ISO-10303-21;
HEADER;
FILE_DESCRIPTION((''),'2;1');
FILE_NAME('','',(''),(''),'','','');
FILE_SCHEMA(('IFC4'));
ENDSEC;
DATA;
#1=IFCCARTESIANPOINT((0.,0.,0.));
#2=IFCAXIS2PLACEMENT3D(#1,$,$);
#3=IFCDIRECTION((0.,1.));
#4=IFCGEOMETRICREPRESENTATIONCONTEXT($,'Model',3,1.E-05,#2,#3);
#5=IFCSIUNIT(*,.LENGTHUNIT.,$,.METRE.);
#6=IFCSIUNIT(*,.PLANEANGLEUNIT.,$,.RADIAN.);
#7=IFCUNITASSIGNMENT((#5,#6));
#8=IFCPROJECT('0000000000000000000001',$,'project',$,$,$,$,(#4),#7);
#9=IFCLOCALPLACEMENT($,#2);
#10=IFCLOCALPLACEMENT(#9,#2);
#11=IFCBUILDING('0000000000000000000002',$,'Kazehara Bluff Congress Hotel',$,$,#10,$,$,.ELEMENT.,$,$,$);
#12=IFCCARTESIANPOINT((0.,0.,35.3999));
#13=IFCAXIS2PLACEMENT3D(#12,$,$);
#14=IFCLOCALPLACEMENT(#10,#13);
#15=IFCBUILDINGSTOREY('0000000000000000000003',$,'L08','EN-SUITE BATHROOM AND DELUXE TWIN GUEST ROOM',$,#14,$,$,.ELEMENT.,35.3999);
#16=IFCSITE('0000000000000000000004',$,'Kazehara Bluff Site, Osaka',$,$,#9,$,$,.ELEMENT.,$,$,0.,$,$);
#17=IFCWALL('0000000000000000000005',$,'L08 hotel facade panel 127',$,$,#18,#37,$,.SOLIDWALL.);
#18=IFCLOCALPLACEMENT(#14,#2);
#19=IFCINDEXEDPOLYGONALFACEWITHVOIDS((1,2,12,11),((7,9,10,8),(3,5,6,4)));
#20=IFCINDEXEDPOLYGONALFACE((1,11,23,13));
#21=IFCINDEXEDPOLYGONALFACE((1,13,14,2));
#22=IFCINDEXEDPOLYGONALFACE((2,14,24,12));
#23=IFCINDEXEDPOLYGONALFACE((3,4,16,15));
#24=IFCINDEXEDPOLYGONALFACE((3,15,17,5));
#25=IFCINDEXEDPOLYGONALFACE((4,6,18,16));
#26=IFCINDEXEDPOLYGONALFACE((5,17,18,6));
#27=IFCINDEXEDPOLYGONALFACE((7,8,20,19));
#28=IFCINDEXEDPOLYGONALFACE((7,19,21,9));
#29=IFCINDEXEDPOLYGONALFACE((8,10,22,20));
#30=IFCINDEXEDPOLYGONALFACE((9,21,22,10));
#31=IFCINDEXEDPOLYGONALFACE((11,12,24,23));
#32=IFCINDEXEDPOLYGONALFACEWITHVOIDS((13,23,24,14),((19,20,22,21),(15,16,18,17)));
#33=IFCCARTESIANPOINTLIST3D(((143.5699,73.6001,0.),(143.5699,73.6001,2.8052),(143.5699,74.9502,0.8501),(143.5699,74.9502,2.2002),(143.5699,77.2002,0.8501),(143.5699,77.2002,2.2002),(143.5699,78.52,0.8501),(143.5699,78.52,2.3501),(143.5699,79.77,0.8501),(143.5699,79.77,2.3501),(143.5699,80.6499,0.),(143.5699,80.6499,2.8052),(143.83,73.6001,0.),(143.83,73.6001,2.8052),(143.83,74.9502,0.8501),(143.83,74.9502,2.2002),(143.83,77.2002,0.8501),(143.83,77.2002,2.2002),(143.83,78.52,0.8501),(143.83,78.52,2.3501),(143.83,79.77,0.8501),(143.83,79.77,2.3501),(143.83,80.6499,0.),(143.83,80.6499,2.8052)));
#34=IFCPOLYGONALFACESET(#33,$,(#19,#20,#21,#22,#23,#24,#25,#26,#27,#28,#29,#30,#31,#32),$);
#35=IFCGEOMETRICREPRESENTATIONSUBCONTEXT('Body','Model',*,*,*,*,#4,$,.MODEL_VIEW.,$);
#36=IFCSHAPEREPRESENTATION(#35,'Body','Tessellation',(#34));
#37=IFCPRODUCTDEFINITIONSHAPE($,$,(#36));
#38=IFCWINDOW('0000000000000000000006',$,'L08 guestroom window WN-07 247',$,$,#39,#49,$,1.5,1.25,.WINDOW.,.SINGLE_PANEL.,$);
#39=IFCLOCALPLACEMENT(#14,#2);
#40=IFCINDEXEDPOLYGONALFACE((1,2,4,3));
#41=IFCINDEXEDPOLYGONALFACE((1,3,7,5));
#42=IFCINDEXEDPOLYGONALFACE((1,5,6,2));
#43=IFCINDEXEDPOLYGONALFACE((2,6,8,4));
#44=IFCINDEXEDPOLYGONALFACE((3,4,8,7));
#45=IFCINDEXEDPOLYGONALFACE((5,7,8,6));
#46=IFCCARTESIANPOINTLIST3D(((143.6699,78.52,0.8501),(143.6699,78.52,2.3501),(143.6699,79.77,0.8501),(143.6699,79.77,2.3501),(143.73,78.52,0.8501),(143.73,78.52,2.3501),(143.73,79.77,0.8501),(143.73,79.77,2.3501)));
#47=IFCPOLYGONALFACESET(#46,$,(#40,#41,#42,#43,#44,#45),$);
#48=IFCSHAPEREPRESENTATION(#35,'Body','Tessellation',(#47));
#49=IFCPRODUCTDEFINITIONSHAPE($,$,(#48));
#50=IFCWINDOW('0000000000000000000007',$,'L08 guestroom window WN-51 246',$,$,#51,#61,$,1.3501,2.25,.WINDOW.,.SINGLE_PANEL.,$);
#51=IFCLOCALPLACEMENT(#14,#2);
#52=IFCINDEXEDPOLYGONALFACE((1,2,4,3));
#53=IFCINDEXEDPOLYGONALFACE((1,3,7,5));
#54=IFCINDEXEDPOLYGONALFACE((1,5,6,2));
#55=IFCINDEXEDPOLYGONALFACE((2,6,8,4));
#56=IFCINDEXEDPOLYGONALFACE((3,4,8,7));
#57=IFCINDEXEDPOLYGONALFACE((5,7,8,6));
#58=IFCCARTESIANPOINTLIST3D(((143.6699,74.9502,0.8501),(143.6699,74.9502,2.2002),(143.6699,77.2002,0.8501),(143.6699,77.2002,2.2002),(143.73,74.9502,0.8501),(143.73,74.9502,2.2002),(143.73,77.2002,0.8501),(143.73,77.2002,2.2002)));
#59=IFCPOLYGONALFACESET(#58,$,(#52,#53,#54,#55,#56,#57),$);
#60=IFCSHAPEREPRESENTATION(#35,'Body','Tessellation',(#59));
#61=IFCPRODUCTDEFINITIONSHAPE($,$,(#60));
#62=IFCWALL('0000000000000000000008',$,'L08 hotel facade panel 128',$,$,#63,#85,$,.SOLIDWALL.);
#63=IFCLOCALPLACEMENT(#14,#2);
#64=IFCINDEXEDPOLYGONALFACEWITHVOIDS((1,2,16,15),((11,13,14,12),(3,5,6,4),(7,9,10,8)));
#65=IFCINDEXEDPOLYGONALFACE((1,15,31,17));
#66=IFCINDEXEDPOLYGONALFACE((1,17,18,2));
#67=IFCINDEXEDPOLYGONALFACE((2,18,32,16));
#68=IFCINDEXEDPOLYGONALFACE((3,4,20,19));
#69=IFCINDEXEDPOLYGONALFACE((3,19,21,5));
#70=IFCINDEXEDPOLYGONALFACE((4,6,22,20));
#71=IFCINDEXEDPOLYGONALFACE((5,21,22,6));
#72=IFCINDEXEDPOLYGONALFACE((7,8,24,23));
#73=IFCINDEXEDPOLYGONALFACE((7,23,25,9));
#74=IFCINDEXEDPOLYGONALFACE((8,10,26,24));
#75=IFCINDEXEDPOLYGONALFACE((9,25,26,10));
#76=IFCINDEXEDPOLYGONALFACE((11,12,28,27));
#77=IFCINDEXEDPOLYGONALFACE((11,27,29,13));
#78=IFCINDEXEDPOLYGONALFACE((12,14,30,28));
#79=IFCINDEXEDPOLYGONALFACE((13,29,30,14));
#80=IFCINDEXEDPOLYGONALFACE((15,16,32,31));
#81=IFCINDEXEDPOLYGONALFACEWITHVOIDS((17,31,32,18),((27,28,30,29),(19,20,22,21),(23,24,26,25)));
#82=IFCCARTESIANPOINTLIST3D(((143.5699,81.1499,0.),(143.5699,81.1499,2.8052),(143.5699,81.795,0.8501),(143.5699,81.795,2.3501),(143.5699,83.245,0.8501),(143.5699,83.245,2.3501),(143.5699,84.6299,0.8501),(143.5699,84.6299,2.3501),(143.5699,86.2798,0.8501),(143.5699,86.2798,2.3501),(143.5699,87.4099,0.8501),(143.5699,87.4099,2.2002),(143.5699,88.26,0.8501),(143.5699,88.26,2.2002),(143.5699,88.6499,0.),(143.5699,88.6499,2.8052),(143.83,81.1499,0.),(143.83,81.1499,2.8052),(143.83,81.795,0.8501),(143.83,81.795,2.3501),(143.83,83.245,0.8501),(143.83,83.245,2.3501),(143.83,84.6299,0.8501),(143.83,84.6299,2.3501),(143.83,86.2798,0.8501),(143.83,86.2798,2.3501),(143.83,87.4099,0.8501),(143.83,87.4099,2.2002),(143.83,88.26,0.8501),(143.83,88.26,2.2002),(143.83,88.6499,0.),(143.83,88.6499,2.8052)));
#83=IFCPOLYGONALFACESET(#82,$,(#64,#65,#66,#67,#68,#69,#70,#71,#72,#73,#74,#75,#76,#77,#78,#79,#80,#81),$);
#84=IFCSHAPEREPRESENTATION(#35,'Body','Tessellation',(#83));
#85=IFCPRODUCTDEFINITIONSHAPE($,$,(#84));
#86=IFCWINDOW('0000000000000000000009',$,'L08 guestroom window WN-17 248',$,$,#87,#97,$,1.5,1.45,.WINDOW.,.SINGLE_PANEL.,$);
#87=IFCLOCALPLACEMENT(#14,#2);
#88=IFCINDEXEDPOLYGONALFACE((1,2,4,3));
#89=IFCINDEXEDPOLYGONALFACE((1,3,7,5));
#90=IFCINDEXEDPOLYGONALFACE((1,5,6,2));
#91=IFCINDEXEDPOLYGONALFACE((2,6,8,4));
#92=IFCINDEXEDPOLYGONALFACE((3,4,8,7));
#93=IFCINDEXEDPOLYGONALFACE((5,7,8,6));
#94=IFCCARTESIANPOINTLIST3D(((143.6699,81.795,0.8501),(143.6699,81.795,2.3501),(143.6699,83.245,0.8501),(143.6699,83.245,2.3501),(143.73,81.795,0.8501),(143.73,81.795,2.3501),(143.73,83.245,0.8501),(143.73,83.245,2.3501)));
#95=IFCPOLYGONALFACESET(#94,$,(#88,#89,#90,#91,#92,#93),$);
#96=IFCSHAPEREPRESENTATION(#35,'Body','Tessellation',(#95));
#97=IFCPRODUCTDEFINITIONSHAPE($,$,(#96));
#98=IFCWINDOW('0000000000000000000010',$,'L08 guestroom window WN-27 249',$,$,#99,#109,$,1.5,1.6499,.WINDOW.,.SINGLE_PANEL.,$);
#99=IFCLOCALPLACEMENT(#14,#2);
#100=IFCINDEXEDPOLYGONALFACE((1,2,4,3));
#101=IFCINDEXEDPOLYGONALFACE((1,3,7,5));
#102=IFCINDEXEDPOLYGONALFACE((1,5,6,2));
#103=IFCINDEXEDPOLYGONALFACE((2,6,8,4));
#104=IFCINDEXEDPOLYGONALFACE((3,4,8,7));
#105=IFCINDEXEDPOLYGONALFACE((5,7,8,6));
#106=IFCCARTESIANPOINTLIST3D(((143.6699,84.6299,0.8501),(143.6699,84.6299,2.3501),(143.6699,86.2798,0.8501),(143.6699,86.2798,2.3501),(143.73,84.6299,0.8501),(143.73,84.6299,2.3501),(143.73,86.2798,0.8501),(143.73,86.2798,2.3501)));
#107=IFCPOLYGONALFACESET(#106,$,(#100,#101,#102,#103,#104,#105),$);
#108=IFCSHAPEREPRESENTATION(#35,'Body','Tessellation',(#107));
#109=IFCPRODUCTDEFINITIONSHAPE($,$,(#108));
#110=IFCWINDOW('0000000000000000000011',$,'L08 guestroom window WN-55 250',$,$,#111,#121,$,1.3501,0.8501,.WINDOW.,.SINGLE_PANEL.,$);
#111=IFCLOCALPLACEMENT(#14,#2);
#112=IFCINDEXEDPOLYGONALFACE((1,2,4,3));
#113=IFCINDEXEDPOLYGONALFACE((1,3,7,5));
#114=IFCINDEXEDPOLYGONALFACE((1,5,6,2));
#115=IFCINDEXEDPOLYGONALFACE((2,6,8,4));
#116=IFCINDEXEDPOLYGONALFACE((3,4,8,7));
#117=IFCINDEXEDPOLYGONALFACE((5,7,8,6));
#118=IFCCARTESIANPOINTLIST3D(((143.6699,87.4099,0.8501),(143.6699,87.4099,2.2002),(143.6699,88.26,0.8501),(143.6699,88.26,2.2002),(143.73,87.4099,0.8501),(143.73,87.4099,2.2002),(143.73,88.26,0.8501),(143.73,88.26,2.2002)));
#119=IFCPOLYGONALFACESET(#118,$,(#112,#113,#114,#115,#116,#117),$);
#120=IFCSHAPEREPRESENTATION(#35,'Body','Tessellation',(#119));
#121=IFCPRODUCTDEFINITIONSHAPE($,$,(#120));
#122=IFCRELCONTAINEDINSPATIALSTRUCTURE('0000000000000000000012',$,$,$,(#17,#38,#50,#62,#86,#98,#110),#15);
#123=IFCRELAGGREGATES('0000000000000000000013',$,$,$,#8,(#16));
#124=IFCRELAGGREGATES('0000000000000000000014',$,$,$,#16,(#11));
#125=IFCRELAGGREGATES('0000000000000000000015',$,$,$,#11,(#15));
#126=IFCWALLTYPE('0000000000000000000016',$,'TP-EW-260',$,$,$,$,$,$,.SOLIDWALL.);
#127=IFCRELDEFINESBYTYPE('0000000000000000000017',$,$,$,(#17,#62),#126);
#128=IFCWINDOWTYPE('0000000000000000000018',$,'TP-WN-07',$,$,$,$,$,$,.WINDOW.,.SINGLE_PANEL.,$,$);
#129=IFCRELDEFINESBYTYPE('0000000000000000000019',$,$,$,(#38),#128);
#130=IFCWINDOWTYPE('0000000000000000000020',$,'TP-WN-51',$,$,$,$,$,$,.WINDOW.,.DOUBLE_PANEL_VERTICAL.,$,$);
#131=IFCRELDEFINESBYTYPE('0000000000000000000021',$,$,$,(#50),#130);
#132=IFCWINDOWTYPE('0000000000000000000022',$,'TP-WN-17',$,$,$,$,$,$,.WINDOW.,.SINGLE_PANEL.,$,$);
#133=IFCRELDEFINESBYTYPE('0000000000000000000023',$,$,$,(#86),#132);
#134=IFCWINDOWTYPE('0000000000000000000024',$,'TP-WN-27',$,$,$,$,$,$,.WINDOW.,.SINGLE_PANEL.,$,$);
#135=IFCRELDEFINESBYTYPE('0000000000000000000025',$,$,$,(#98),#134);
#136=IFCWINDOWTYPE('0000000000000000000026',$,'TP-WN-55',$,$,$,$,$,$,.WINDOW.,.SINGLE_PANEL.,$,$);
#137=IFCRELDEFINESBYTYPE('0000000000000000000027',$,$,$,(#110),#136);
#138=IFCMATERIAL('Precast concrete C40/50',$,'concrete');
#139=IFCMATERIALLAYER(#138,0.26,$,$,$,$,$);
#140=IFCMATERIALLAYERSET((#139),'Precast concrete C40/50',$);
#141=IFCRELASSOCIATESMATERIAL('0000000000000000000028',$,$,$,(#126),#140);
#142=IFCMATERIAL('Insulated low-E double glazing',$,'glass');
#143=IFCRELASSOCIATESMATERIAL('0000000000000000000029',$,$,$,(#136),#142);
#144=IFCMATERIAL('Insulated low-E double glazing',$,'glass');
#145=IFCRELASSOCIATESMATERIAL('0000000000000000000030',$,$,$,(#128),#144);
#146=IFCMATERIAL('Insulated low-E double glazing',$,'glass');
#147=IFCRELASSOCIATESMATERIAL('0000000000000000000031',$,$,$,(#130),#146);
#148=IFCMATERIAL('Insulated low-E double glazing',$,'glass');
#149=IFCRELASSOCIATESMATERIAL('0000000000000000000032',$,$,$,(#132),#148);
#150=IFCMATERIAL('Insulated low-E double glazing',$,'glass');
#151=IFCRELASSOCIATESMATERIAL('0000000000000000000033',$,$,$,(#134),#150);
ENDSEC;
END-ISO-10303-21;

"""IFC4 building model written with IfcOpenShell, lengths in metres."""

from ifc_helpers import new_model, si_unit, direction, frame, frame_2d, origin, place, context, subcontext, project, spatial, rectangle, extrude, material, layer, layer_set, type_object, element, fill, save


model = new_model("IFC4")

# Units and contexts
model_context = context("Model", 3, precision=1e-05, world=origin(), true_north=direction((0.0, 1.0)))
body_context = subcontext(model_context, "Body", "Model", "MODEL_VIEW")
ifc_project = project(units=[si_unit("LENGTHUNIT", "METRE"), si_unit("PLANEANGLEUNIT", "RADIAN")], contexts=[model_context])

# Site, building, storey
site_placement = place(None, origin())
site = spatial("IfcSite", under=ifc_project, at=site_placement, Name="Kazehara Bluff Site, Osaka", CompositionType="ELEMENT", RefElevation=0.0)
building_placement = place(site_placement, origin())
building = spatial("IfcBuilding", under=site, at=building_placement, Name="Kazehara Bluff Congress Hotel", CompositionType="ELEMENT")
storey_placement = place(building_placement, frame((0.0, 0.0, 35.3999)))
storey = spatial("IfcBuildingStorey", under=building, at=storey_placement, Name="L08", Description="EN-SUITE BATHROOM AND DELUXE TWIN GUEST ROOM", CompositionType="ELEMENT", Elevation=35.3999)

# Shared definitions
ifc_material_1 = material(Name="Precast concrete C40/50", Category="concrete")
ifc_layer_1 = layer(ifc_material_1, 0.26)
ifc_layer_set_1 = layer_set([ifc_layer_1], Name="Precast concrete C40/50")
wall_type = type_object("IfcWallType", Name="TP-EW-260", PredefinedType="SOLIDWALL", material=ifc_layer_set_1)

# Walls, openings, windows
ifc_material_2 = material(Name="Insulated low-E double glazing", Category="glass")
window_type_1 = type_object("IfcWindowType", Name="TP-WN-55", PartitioningType="SINGLE_PANEL", PredefinedType="WINDOW", material=ifc_material_2)
wall_1_placement = place(storey_placement, frame((143.7, 73.6001, 0.0), z_axis=(0.0, 0.0, 1.0), x_axis=(0.0, 1.0, 0.0)))
wall_1 = element("IfcWall", 1, at=wall_1_placement, inside=storey, type_object=wall_type, Name="L08 hotel facade panel 127", PredefinedType="SOLIDWALL", context=body_context, shape_type="SweptSolid", body=[
    extrude(rectangle(XDim=7.0498, YDim=0.26, at=frame_2d((3.5249, 0.0))), origin(), (0.0, 0.0, 1.0), 2.8052),
])
opening_1_placement = place(wall_1_placement, frame((1.3501, 0.0, 0.8501)))
opening_1 = element("IfcOpeningElement", 2, at=opening_1_placement, cuts=wall_1, PredefinedType="OPENING", context=body_context, shape_type="SweptSolid", body=[
    extrude(rectangle(XDim=2.25, YDim=1.3501, at=frame_2d((1.125, 0.675))), frame((0.0, 0.1399, 0.0), z_axis=(0.0, -1.0, 0.0), x_axis=(1.0, 0.0, 0.0)), (0.0, 0.0, 1.0), 0.28),
])
opening_2_placement = place(wall_1_placement, frame((4.9199, 0.0, 0.8501)))
opening_2 = element("IfcOpeningElement", 3, at=opening_2_placement, cuts=wall_1, PredefinedType="OPENING", context=body_context, shape_type="SweptSolid", body=[
    extrude(rectangle(XDim=1.25, YDim=1.5, at=frame_2d((0.625, 0.75))), frame((0.0, 0.1399, 0.0), z_axis=(0.0, -1.0, 0.0), x_axis=(1.0, 0.0, 0.0)), (0.0, 0.0, 1.0), 0.28),
])
ifc_material_3 = material(Name="Insulated low-E double glazing", Category="glass")
window_type_2 = type_object("IfcWindowType", Name="TP-WN-07", PartitioningType="SINGLE_PANEL", PredefinedType="WINDOW", material=ifc_material_3)
window_1_placement = place(opening_2_placement, origin())
window_1 = element("IfcWindow", 4, at=window_1_placement, inside=storey, type_object=window_type_2, Name="L08 guestroom window WN-07 247", OverallHeight=1.5, OverallWidth=1.25, PartitioningType="SINGLE_PANEL", PredefinedType="WINDOW", context=body_context, shape_type="SweptSolid", body=[
    extrude(rectangle(XDim=1.25, YDim=1.5, at=frame_2d((0.625, 0.75))), frame((0.0, 0.03, 0.0), z_axis=(0.0, -1.0, 0.0), x_axis=(1.0, 0.0, 0.0)), (0.0, 0.0, 1.0), 0.0601),
])
fill(opening_2, window_1)
ifc_material_4 = material(Name="Insulated low-E double glazing", Category="glass")
window_type_3 = type_object("IfcWindowType", Name="TP-WN-51", PartitioningType="DOUBLE_PANEL_VERTICAL", PredefinedType="WINDOW", material=ifc_material_4)
window_2_placement = place(opening_1_placement, origin())
window_2 = element("IfcWindow", 5, at=window_2_placement, inside=storey, type_object=window_type_3, Name="L08 guestroom window WN-51 246", OverallHeight=1.3501, OverallWidth=2.25, PartitioningType="SINGLE_PANEL", PredefinedType="WINDOW", context=body_context, shape_type="SweptSolid", body=[
    extrude(rectangle(XDim=2.25, YDim=1.3501, at=frame_2d((1.125, 0.675))), frame((0.0, 0.03, 0.0), z_axis=(0.0, -1.0, 0.0), x_axis=(1.0, 0.0, 0.0)), (0.0, 0.0, 1.0), 0.0601),
])
fill(opening_1, window_2)
wall_2_placement = place(storey_placement, frame((143.7, 81.1499, 0.0), z_axis=(0.0, 0.0, 1.0), x_axis=(0.0, 1.0, 0.0)))
wall_2 = element("IfcWall", 6, at=wall_2_placement, inside=storey, type_object=wall_type, Name="L08 hotel facade panel 128", PredefinedType="SOLIDWALL", context=body_context, shape_type="SweptSolid", body=[
    extrude(rectangle(XDim=7.5, YDim=0.26, at=frame_2d((3.75, 0.0))), origin(), (0.0, 0.0, 1.0), 2.8052),
])
opening_3_placement = place(wall_2_placement, frame((0.645, 0.0, 0.8501)))
opening_3 = element("IfcOpeningElement", 7, at=opening_3_placement, cuts=wall_2, PredefinedType="OPENING", context=body_context, shape_type="SweptSolid", body=[
    extrude(rectangle(XDim=1.45, YDim=1.5, at=frame_2d((0.7251, 0.75))), frame((0.0, 0.1399, 0.0), z_axis=(0.0, -1.0, 0.0), x_axis=(1.0, 0.0, 0.0)), (0.0, 0.0, 1.0), 0.28),
])
opening_4_placement = place(wall_2_placement, frame((3.48, 0.0, 0.8501)))
opening_4 = element("IfcOpeningElement", 8, at=opening_4_placement, cuts=wall_2, PredefinedType="OPENING", context=body_context, shape_type="SweptSolid", body=[
    extrude(rectangle(XDim=1.6499, YDim=1.5, at=frame_2d((0.825, 0.75))), frame((0.0, 0.1399, 0.0), z_axis=(0.0, -1.0, 0.0), x_axis=(1.0, 0.0, 0.0)), (0.0, 0.0, 1.0), 0.28),
])
opening_5_placement = place(wall_2_placement, frame((6.26, 0.0, 0.8501)))
opening_5 = element("IfcOpeningElement", 9, at=opening_5_placement, cuts=wall_2, PredefinedType="OPENING", context=body_context, shape_type="SweptSolid", body=[
    extrude(rectangle(XDim=0.8501, YDim=1.3501, at=frame_2d((0.425, 0.675))), frame((0.0, 0.1399, 0.0), z_axis=(0.0, -1.0, 0.0), x_axis=(1.0, 0.0, 0.0)), (0.0, 0.0, 1.0), 0.28),
])
ifc_material_5 = material(Name="Insulated low-E double glazing", Category="glass")
window_type_4 = type_object("IfcWindowType", Name="TP-WN-17", PartitioningType="SINGLE_PANEL", PredefinedType="WINDOW", material=ifc_material_5)
window_3_placement = place(opening_3_placement, origin())
window_3 = element("IfcWindow", 10, at=window_3_placement, inside=storey, type_object=window_type_4, Name="L08 guestroom window WN-17 248", OverallHeight=1.5, OverallWidth=1.45, PartitioningType="SINGLE_PANEL", PredefinedType="WINDOW", context=body_context, shape_type="SweptSolid", body=[
    extrude(rectangle(XDim=1.45, YDim=1.5, at=frame_2d((0.7251, 0.75))), frame((0.0, 0.03, 0.0), z_axis=(0.0, -1.0, 0.0), x_axis=(1.0, 0.0, 0.0)), (0.0, 0.0, 1.0), 0.0601),
])
fill(opening_3, window_3)
ifc_material_6 = material(Name="Insulated low-E double glazing", Category="glass")
window_type_5 = type_object("IfcWindowType", Name="TP-WN-27", PartitioningType="SINGLE_PANEL", PredefinedType="WINDOW", material=ifc_material_6)
window_4_placement = place(opening_4_placement, origin())
window_4 = element("IfcWindow", 11, at=window_4_placement, inside=storey, type_object=window_type_5, Name="L08 guestroom window WN-27 249", OverallHeight=1.5, OverallWidth=1.6499, PartitioningType="SINGLE_PANEL", PredefinedType="WINDOW", context=body_context, shape_type="SweptSolid", body=[
    extrude(rectangle(XDim=1.6499, YDim=1.5, at=frame_2d((0.825, 0.75))), frame((0.0, 0.03, 0.0), z_axis=(0.0, -1.0, 0.0), x_axis=(1.0, 0.0, 0.0)), (0.0, 0.0, 1.0), 0.0601),
])
fill(opening_4, window_4)
window_5_placement = place(opening_5_placement, origin())
window_5 = element("IfcWindow", 12, at=window_5_placement, inside=storey, type_object=window_type_1, Name="L08 guestroom window WN-55 250", OverallHeight=1.3501, OverallWidth=0.8501, PartitioningType="SINGLE_PANEL", PredefinedType="WINDOW", context=body_context, shape_type="SweptSolid", body=[
    extrude(rectangle(XDim=0.8501, YDim=1.3501, at=frame_2d((0.425, 0.675))), frame((0.0, 0.03, 0.0), z_axis=(0.0, -1.0, 0.0), x_axis=(1.0, 0.0, 0.0)), (0.0, 0.0, 1.0), 0.0601),
])
fill(opening_5, window_5)

save(model, "model.ifc")
